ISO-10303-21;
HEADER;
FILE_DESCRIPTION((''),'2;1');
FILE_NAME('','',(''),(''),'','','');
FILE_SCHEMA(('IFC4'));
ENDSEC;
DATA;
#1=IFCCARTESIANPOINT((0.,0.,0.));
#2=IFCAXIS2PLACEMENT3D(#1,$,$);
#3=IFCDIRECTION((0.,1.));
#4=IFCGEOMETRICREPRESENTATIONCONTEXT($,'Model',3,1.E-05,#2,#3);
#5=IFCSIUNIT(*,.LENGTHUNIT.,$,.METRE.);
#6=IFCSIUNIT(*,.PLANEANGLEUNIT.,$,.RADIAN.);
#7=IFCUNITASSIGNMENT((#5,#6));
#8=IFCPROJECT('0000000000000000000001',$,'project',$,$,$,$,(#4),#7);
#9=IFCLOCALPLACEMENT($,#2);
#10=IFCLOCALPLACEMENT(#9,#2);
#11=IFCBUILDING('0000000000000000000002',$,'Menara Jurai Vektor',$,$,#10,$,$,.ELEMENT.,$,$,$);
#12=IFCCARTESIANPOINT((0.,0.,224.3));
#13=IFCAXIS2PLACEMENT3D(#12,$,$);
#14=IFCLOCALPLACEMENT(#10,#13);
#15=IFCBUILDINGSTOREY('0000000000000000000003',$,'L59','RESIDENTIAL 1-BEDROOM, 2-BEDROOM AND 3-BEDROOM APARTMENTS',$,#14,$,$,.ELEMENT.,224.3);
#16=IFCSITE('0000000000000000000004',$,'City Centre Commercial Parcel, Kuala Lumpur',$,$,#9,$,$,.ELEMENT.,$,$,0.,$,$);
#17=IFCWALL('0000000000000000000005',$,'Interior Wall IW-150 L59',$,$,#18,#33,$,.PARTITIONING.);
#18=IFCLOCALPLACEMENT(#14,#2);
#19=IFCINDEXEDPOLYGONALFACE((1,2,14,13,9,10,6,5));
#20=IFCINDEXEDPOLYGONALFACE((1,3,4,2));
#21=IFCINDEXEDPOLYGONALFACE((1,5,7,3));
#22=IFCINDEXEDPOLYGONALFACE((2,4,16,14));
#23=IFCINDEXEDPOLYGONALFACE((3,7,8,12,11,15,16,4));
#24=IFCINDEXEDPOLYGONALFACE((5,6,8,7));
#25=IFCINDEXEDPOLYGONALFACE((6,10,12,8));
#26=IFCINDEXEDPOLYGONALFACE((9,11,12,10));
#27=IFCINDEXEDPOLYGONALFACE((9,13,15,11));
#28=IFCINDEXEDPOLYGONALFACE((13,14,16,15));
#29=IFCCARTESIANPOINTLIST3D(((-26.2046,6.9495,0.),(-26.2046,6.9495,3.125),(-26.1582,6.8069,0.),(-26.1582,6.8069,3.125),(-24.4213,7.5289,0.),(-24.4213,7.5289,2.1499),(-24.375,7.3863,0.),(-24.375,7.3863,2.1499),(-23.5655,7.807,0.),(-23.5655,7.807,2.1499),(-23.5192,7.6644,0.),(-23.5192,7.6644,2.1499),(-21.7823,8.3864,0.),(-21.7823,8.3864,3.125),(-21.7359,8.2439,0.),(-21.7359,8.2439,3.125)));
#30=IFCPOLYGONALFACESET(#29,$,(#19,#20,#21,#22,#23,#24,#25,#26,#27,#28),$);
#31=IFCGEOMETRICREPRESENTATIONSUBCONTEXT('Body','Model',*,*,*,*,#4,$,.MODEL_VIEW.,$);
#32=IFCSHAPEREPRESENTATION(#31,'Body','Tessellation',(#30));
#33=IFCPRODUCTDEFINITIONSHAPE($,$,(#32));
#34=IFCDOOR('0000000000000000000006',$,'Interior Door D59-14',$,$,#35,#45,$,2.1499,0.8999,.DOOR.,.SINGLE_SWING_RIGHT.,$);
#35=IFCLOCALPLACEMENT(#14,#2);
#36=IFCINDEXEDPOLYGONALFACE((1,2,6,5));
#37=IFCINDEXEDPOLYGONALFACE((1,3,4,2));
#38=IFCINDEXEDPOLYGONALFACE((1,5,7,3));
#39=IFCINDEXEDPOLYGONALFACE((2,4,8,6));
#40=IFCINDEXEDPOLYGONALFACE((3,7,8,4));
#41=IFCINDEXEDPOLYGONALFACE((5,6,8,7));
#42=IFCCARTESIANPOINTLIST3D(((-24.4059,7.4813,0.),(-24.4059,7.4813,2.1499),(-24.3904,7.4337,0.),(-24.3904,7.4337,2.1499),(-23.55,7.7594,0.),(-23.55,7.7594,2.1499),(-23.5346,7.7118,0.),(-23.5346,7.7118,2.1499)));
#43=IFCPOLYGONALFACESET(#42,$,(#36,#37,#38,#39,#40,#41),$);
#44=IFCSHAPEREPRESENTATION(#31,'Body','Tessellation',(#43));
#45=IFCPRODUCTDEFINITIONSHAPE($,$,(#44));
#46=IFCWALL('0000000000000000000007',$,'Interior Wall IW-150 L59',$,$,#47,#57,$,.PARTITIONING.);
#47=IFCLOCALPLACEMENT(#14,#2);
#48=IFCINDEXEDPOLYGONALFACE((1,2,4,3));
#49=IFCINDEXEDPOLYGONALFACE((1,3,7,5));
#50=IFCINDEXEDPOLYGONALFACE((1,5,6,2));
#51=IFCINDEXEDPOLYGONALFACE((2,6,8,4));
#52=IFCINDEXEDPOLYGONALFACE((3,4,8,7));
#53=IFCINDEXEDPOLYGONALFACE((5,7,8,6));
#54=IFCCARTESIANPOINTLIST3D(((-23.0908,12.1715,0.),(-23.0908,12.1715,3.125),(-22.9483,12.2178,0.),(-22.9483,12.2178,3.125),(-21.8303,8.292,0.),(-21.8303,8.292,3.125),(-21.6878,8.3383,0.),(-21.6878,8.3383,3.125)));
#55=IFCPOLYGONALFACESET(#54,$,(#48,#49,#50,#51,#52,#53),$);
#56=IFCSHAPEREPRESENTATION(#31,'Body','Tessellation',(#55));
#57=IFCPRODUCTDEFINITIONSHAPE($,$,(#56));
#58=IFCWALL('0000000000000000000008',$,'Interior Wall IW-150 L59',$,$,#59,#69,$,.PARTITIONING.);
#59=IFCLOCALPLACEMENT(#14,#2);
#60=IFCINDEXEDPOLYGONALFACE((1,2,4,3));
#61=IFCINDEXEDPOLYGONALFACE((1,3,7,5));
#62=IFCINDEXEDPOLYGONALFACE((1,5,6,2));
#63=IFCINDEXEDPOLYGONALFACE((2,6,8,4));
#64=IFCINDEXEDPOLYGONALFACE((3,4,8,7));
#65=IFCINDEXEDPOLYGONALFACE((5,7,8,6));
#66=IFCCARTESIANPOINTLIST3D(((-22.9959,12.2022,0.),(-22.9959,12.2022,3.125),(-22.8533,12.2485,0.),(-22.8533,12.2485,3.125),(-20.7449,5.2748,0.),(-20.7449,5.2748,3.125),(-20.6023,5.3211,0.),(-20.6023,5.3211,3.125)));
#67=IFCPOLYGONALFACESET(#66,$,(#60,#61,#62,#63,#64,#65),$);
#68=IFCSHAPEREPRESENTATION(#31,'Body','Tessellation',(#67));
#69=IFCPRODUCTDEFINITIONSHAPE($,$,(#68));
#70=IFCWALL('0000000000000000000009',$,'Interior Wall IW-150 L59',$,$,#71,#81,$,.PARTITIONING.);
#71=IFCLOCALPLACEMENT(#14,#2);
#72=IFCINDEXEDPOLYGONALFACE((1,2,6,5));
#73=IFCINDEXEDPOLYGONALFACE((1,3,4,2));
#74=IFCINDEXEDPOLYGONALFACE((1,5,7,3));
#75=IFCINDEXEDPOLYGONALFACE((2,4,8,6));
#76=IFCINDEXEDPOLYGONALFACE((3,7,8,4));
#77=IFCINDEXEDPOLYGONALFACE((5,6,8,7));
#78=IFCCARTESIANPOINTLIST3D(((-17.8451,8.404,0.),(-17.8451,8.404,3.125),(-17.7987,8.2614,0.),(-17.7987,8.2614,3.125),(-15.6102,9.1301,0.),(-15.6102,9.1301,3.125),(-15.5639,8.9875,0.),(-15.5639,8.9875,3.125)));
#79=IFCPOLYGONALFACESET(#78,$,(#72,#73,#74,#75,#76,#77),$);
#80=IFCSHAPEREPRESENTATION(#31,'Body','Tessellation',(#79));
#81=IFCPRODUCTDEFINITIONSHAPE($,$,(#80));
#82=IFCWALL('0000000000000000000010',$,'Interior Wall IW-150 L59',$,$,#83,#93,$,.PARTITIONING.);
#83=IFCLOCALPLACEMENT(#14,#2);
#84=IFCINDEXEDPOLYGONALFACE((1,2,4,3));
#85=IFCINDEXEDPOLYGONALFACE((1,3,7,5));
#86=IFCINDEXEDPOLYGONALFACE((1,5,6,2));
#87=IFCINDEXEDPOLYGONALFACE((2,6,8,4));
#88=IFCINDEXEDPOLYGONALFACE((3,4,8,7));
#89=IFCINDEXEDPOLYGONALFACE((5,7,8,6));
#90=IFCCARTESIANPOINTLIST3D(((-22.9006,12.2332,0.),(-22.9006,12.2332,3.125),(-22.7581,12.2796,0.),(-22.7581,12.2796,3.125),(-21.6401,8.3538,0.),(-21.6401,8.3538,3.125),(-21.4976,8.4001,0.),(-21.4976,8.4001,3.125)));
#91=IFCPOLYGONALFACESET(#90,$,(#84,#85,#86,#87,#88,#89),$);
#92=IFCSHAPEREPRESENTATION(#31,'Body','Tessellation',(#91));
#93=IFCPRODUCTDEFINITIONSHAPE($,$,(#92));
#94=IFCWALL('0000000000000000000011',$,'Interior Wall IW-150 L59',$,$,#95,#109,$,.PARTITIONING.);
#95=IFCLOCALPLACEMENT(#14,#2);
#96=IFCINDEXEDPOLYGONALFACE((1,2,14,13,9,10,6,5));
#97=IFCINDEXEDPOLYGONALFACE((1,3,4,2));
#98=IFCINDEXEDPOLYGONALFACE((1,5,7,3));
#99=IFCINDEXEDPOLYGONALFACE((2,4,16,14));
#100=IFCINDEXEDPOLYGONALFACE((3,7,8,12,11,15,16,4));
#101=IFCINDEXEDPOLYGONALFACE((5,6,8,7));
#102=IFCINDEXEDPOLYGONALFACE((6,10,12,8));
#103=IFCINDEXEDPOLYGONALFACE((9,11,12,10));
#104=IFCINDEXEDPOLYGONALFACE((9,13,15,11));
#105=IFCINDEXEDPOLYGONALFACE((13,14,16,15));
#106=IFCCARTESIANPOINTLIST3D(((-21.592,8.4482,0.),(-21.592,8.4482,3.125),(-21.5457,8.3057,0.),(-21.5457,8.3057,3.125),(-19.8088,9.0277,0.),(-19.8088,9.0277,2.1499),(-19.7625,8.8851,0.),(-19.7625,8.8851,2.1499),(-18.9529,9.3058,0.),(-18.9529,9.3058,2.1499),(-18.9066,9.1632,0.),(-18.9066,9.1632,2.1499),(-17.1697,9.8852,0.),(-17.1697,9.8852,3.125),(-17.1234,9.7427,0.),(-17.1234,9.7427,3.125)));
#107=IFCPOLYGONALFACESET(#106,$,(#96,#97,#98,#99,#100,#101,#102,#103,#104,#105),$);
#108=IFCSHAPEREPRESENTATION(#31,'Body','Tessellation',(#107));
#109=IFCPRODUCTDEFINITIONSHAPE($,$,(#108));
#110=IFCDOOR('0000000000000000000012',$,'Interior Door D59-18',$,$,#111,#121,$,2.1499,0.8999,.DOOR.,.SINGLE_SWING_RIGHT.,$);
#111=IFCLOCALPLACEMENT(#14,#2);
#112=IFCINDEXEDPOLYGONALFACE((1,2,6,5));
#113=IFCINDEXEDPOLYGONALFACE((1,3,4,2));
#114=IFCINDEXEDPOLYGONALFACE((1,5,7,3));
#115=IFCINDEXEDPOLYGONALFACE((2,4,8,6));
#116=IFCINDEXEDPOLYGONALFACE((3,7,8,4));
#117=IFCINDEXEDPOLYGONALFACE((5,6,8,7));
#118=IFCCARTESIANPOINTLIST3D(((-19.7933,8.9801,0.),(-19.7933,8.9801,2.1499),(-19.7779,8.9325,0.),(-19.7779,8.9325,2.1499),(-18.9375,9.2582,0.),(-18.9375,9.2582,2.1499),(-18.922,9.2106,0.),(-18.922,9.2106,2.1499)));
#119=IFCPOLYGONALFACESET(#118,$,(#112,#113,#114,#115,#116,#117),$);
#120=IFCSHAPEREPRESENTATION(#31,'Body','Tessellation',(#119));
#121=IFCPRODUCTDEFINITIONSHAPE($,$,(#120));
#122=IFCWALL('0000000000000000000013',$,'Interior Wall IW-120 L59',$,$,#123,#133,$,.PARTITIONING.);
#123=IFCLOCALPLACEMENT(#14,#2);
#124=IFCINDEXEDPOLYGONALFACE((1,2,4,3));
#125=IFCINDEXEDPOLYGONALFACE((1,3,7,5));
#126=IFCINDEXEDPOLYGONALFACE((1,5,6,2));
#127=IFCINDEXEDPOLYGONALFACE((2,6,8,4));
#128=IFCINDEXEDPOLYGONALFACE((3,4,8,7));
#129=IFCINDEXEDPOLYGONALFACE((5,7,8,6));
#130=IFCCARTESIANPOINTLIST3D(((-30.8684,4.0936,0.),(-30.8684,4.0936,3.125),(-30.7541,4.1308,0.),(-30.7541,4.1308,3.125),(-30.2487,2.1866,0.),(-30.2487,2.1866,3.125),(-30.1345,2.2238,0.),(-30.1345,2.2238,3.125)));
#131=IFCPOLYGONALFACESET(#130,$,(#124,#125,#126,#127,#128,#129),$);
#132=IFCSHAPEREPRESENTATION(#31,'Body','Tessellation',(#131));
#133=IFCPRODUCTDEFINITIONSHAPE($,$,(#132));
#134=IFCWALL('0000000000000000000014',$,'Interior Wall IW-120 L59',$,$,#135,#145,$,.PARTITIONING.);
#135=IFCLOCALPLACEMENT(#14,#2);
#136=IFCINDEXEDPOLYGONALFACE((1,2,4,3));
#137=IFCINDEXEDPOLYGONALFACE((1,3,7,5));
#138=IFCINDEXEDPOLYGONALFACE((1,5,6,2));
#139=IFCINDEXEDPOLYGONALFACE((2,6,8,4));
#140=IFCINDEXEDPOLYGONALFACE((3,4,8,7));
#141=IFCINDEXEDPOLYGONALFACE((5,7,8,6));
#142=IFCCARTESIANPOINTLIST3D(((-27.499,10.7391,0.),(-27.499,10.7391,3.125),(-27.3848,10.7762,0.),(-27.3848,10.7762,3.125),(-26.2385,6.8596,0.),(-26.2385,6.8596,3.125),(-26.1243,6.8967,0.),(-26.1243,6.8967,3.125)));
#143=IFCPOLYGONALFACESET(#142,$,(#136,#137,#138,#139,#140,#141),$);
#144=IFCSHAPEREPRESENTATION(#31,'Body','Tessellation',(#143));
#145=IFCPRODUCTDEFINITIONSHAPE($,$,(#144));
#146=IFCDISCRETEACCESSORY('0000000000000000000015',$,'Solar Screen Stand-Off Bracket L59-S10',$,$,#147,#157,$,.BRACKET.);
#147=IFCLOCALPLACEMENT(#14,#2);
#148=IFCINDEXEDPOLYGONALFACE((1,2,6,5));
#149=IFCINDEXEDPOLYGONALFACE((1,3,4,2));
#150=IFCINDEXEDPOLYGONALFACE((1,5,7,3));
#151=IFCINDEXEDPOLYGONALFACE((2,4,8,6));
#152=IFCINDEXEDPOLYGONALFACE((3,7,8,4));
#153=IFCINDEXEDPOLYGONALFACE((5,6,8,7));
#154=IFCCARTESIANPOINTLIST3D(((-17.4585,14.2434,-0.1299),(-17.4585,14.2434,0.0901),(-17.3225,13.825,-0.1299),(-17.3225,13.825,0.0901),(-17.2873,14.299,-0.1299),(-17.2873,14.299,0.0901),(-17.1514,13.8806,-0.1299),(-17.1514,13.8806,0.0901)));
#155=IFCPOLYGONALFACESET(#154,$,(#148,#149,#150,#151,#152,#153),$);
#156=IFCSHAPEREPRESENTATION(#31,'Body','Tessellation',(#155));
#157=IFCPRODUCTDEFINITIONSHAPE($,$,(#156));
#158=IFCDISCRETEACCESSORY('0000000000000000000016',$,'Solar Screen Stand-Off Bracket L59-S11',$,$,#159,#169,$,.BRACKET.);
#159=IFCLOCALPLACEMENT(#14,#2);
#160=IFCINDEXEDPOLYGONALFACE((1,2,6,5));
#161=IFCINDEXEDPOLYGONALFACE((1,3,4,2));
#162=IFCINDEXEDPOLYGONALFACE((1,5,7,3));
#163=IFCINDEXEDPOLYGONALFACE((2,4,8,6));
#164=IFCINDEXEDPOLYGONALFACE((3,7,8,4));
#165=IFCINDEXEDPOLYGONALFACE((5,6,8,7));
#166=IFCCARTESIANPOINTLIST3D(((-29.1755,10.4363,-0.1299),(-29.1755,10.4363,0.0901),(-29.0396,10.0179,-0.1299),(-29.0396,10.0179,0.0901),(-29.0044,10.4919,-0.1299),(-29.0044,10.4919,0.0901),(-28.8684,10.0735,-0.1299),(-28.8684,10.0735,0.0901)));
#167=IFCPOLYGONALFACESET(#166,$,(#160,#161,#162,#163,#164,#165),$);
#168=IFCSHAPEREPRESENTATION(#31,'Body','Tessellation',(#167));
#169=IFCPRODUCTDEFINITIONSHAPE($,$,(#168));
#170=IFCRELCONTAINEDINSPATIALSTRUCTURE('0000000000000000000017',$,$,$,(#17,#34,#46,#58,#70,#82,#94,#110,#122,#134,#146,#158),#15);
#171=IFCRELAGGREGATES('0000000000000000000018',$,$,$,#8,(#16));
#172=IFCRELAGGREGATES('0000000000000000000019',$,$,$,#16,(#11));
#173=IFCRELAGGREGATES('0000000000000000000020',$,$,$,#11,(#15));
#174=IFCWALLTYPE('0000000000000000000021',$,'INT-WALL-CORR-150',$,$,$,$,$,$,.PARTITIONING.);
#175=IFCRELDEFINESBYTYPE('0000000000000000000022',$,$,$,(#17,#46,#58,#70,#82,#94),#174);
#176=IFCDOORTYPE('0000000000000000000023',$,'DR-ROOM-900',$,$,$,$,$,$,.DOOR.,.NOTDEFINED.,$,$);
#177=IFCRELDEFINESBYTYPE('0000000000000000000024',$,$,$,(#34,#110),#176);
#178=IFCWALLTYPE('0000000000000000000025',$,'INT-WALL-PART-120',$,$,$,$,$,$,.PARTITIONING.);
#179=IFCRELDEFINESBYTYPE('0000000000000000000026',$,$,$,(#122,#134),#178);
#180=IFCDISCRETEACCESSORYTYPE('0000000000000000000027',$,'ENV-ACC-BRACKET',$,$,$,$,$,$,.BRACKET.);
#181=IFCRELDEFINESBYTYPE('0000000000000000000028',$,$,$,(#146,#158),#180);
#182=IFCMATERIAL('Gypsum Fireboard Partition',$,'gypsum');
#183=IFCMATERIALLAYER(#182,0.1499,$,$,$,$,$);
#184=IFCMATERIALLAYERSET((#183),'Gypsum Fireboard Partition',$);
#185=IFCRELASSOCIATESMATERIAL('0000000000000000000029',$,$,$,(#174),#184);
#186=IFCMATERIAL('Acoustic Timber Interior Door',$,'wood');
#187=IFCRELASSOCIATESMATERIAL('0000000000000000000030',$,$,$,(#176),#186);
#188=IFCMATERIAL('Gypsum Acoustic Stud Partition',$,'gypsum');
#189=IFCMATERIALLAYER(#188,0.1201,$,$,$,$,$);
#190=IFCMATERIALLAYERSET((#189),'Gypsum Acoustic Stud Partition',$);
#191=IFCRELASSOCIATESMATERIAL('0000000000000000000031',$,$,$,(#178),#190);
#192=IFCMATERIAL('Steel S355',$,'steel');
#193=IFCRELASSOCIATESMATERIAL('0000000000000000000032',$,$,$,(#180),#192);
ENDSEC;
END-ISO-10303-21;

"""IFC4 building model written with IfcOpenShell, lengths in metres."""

from ifc_helpers import new_model, si_unit, direction, frame, frame_2d, origin, origin_2d, place, context, subcontext, project, spatial, rectangle, extrude, material, layer, layer_set, type_object, element, fill, save


model = new_model("IFC4")

# Units and contexts
model_context = context("Model", 3, precision=1e-05, world=origin(), true_north=direction((0.0, 1.0)))
body_context = subcontext(model_context, "Body", "Model", "MODEL_VIEW")
ifc_project = project(units=[si_unit("LENGTHUNIT", "METRE"), si_unit("PLANEANGLEUNIT", "RADIAN")], contexts=[model_context])

# Site, building, storey
site_placement = place(None, origin())
site = spatial("IfcSite", under=ifc_project, at=site_placement, Name="City Centre Commercial Parcel, Kuala Lumpur", CompositionType="ELEMENT", RefElevation=0.0)
building_placement = place(site_placement, origin())
building = spatial("IfcBuilding", under=site, at=building_placement, Name="Menara Jurai Vektor", CompositionType="ELEMENT")
storey_placement = place(building_placement, frame((0.0, 0.0, 224.3)))
storey = spatial("IfcBuildingStorey", under=building, at=storey_placement, Name="L59", Description="RESIDENTIAL 1-BEDROOM, 2-BEDROOM AND 3-BEDROOM APARTMENTS", CompositionType="ELEMENT", Elevation=224.3)

# Shared definitions
ifc_material_1 = material(Name="Steel S355", Category="steel")

# Shared definitions
ifc_material_2 = material(Name="Gypsum Fireboard Partition", Category="gypsum")
ifc_layer_1 = layer(ifc_material_2, 0.1499)
ifc_layer_set_1 = layer_set([ifc_layer_1], Name="Gypsum Fireboard Partition")
wall_type_1 = type_object("IfcWallType", Name="INT-WALL-CORR-150", PredefinedType="PARTITIONING", material=ifc_layer_set_1)

# Shared definitions
ifc_material_3 = material(Name="Acoustic Timber Interior Door", Category="wood")
door_type_1 = type_object("IfcDoorType", Name="DR-ROOM-900", OperationType="NOTDEFINED", PredefinedType="DOOR", material=ifc_material_3)

# Wall, opening, door
wall_1_placement = place(storey_placement, frame((-26.1814, 6.8782, 0.0), z_axis=(0.0, 0.0, 1.0), x_axis=(0.95105, 0.309036, 0.0)))
wall_1 = element("IfcWall", 1, at=wall_1_placement, inside=storey, type_object=wall_type_1, Name="Interior Wall IW-150 L59", PredefinedType="PARTITIONING", context=body_context, shape_type="SweptSolid", body=[
    extrude(rectangle(XDim=4.6499, YDim=0.1499, at=frame_2d((2.325, 0.0))), origin(), (0.0, 0.0, 1.0), 3.125),
])
opening_1_placement = place(wall_1_placement, frame((1.875, 0.0, 0.0)))
opening_1 = element("IfcOpeningElement", 2, at=opening_1_placement, cuts=wall_1, PredefinedType="OPENING", context=body_context, shape_type="SweptSolid", body=[
    extrude(rectangle(XDim=0.8999, YDim=2.1499, at=frame_2d((0.45, 1.075))), frame((0.0, 0.085, 0.0), z_axis=(0.0, -1.0, 0.0), x_axis=(1.0, 0.0, 0.0)), (0.0, 0.0, 1.0), 0.1699),
])
door_1_placement = place(opening_1_placement, origin())
door_1 = element("IfcDoor", 3, at=door_1_placement, inside=storey, type_object=door_type_1, Name="Interior Door D59-14", OperationType="SINGLE_SWING_RIGHT", OverallHeight=2.1499, OverallWidth=0.8999, PredefinedType="DOOR", context=body_context, shape_type="SweptSolid", body=[
    extrude(rectangle(XDim=0.8999, YDim=2.1499, at=frame_2d((0.45, 1.075))), frame((0.0, 0.0249, 0.0), z_axis=(0.0, -1.0, 0.0), x_axis=(1.0, 0.0, 0.0)), (0.0, 0.0, 1.0), 0.05),
])
fill(opening_1, door_1)

# Walls
wall_2_placement = place(storey_placement, frame((-21.759, 8.3152, 0.0), z_axis=(0.0, 0.0, 1.0), x_axis=(-0.309018, 0.951056, 0.0)))
element("IfcWall", 4, at=wall_2_placement, inside=storey, type_object=wall_type_1, Name="Interior Wall IW-150 L59", PredefinedType="PARTITIONING", context=body_context, shape_type="SweptSolid", body=[
    extrude(rectangle(XDim=4.0791, YDim=0.1499, at=frame_2d((2.0396, 0.0))), origin(), (0.0, 0.0, 1.0), 3.125),
])
wall_3_placement = place(storey_placement, frame((-20.6736, 5.2979, 0.0), z_axis=(0.0, 0.0, 1.0), x_axis=(-0.309029, 0.951053, 0.0)))
element("IfcWall", 5, at=wall_3_placement, inside=storey, type_object=wall_type_1, Name="Interior Wall IW-150 L59", PredefinedType="PARTITIONING", context=body_context, shape_type="SweptSolid", body=[
    extrude(rectangle(XDim=7.2839, YDim=0.1499, at=frame_2d((3.6421, 0.0))), origin(), (0.0, 0.0, 1.0), 3.125),
])
wall_4_placement = place(storey_placement, frame((-17.8218, 8.3328, 0.0), z_axis=(0.0, 0.0, 1.0), x_axis=(0.951066, 0.308987, 0.0)))
element("IfcWall", 6, at=wall_4_placement, inside=storey, type_object=wall_type_1, Name="Interior Wall IW-150 L59", PredefinedType="PARTITIONING", context=body_context, shape_type="SweptSolid", body=[
    extrude(rectangle(XDim=2.3499, YDim=0.1499, at=frame_2d((1.1748, 0.0))), origin(), (0.0, 0.0, 1.0), 3.125),
])
wall_5_placement = place(storey_placement, frame((-21.5688, 8.377, 0.0), z_axis=(0.0, 0.0, 1.0), x_axis=(-0.309018, 0.951056, 0.0)))
element("IfcWall", 7, at=wall_5_placement, inside=storey, type_object=wall_type_1, Name="Interior Wall IW-150 L59", PredefinedType="PARTITIONING", context=body_context, shape_type="SweptSolid", body=[
    extrude(rectangle(XDim=4.0791, YDim=0.1499, at=frame_2d((2.0396, 0.0))), origin(), (0.0, 0.0, 1.0), 3.125),
])

# Wall, opening, door
wall_6_placement = place(storey_placement, frame((-21.5688, 8.377, 0.0), z_axis=(0.0, 0.0, 1.0), x_axis=(0.95105, 0.309036, 0.0)))
wall_6 = element("IfcWall", 8, at=wall_6_placement, inside=storey, type_object=wall_type_1, Name="Interior Wall IW-150 L59", PredefinedType="PARTITIONING", context=body_context, shape_type="SweptSolid", body=[
    extrude(rectangle(XDim=4.6499, YDim=0.1499, at=frame_2d((2.325, 0.0))), origin(), (0.0, 0.0, 1.0), 3.125),
])
opening_2_placement = place(wall_6_placement, frame((1.875, 0.0, 0.0)))
opening_2 = element("IfcOpeningElement", 9, at=opening_2_placement, cuts=wall_6, PredefinedType="OPENING", context=body_context, shape_type="SweptSolid", body=[
    extrude(rectangle(XDim=0.8999, YDim=2.1499, at=frame_2d((0.45, 1.075))), frame((0.0, 0.085, 0.0), z_axis=(0.0, -1.0, 0.0), x_axis=(1.0, 0.0, 0.0)), (0.0, 0.0, 1.0), 0.1699),
])
door_2_placement = place(opening_2_placement, origin())
door_2 = element("IfcDoor", 10, at=door_2_placement, inside=storey, type_object=door_type_1, Name="Interior Door D59-18", OperationType="SINGLE_SWING_RIGHT", OverallHeight=2.1499, OverallWidth=0.8999, PredefinedType="DOOR", context=body_context, shape_type="SweptSolid", body=[
    extrude(rectangle(XDim=0.8999, YDim=2.1499, at=frame_2d((0.45, 1.075))), frame((0.0, 0.0249, 0.0), z_axis=(0.0, -1.0, 0.0), x_axis=(1.0, 0.0, 0.0)), (0.0, 0.0, 1.0), 0.05),
])
fill(opening_2, door_2)

# Walls
ifc_material_4 = material(Name="Gypsum Acoustic Stud Partition", Category="gypsum")
ifc_layer_2 = layer(ifc_material_4, 0.1201)
ifc_layer_set_2 = layer_set([ifc_layer_2], Name="Gypsum Acoustic Stud Partition")
wall_type_2 = type_object("IfcWallType", Name="INT-WALL-PART-120", PredefinedType="PARTITIONING", material=ifc_layer_set_2)
wall_7_placement = place(storey_placement, frame((-30.1917, 2.2053, 0.0), z_axis=(0.0, 0.0, 1.0), x_axis=(-0.309023, 0.951055, 0.0)))
element("IfcWall", 11, at=wall_7_placement, inside=storey, type_object=wall_type_2, Name="Interior Wall IW-120 L59", PredefinedType="PARTITIONING", context=body_context, shape_type="SweptSolid", body=[
    extrude(rectangle(XDim=2.0051, YDim=0.1201, at=frame_2d((1.0024, 0.0))), origin(), (0.0, 0.0, 1.0), 3.125),
])
wall_8_placement = place(storey_placement, frame((-26.1814, 6.8782, 0.0), z_axis=(0.0, 0.0, 1.0), x_axis=(-0.309018, 0.951056, 0.0)))
element("IfcWall", 12, at=wall_8_placement, inside=storey, type_object=wall_type_2, Name="Interior Wall IW-120 L59", PredefinedType="PARTITIONING", context=body_context, shape_type="SweptSolid", body=[
    extrude(rectangle(XDim=4.0791, YDim=0.1201, at=frame_2d((2.0396, 0.0))), origin(), (0.0, 0.0, 1.0), 3.125),
])

# Discrete accessories
discrete_accessory_type = type_object("IfcDiscreteAccessoryType", Name="ENV-ACC-BRACKET", PredefinedType="BRACKET", material=ifc_material_1)
for number, where, z_axis, x_axis, name in (
    (13, (-17.3049, 14.062, -0.1299), (0.0, 0.0, 1.0), (-0.951057, -0.309017, 0.0), "Solar Screen Stand-Off Bracket L59-S10"),
    (14, (-29.022, 10.2549, -0.1299), (0.0, 0.0, 1.0), (-0.951057, -0.309017, 0.0), "Solar Screen Stand-Off Bracket L59-S11"),
):
    element("IfcDiscreteAccessory", number, at=place(storey_placement, frame(where, z_axis=z_axis, x_axis=x_axis)), inside=storey, type_object=discrete_accessory_type, Name=name, PredefinedType="BRACKET", context=body_context, shape_type="SweptSolid", body=[
        extrude(rectangle(XDim=0.1799, YDim=0.4399, at=origin_2d()), origin(), (0.0, 0.0, 1.0), 0.22),
    ])

save(model, "model.ifc")
